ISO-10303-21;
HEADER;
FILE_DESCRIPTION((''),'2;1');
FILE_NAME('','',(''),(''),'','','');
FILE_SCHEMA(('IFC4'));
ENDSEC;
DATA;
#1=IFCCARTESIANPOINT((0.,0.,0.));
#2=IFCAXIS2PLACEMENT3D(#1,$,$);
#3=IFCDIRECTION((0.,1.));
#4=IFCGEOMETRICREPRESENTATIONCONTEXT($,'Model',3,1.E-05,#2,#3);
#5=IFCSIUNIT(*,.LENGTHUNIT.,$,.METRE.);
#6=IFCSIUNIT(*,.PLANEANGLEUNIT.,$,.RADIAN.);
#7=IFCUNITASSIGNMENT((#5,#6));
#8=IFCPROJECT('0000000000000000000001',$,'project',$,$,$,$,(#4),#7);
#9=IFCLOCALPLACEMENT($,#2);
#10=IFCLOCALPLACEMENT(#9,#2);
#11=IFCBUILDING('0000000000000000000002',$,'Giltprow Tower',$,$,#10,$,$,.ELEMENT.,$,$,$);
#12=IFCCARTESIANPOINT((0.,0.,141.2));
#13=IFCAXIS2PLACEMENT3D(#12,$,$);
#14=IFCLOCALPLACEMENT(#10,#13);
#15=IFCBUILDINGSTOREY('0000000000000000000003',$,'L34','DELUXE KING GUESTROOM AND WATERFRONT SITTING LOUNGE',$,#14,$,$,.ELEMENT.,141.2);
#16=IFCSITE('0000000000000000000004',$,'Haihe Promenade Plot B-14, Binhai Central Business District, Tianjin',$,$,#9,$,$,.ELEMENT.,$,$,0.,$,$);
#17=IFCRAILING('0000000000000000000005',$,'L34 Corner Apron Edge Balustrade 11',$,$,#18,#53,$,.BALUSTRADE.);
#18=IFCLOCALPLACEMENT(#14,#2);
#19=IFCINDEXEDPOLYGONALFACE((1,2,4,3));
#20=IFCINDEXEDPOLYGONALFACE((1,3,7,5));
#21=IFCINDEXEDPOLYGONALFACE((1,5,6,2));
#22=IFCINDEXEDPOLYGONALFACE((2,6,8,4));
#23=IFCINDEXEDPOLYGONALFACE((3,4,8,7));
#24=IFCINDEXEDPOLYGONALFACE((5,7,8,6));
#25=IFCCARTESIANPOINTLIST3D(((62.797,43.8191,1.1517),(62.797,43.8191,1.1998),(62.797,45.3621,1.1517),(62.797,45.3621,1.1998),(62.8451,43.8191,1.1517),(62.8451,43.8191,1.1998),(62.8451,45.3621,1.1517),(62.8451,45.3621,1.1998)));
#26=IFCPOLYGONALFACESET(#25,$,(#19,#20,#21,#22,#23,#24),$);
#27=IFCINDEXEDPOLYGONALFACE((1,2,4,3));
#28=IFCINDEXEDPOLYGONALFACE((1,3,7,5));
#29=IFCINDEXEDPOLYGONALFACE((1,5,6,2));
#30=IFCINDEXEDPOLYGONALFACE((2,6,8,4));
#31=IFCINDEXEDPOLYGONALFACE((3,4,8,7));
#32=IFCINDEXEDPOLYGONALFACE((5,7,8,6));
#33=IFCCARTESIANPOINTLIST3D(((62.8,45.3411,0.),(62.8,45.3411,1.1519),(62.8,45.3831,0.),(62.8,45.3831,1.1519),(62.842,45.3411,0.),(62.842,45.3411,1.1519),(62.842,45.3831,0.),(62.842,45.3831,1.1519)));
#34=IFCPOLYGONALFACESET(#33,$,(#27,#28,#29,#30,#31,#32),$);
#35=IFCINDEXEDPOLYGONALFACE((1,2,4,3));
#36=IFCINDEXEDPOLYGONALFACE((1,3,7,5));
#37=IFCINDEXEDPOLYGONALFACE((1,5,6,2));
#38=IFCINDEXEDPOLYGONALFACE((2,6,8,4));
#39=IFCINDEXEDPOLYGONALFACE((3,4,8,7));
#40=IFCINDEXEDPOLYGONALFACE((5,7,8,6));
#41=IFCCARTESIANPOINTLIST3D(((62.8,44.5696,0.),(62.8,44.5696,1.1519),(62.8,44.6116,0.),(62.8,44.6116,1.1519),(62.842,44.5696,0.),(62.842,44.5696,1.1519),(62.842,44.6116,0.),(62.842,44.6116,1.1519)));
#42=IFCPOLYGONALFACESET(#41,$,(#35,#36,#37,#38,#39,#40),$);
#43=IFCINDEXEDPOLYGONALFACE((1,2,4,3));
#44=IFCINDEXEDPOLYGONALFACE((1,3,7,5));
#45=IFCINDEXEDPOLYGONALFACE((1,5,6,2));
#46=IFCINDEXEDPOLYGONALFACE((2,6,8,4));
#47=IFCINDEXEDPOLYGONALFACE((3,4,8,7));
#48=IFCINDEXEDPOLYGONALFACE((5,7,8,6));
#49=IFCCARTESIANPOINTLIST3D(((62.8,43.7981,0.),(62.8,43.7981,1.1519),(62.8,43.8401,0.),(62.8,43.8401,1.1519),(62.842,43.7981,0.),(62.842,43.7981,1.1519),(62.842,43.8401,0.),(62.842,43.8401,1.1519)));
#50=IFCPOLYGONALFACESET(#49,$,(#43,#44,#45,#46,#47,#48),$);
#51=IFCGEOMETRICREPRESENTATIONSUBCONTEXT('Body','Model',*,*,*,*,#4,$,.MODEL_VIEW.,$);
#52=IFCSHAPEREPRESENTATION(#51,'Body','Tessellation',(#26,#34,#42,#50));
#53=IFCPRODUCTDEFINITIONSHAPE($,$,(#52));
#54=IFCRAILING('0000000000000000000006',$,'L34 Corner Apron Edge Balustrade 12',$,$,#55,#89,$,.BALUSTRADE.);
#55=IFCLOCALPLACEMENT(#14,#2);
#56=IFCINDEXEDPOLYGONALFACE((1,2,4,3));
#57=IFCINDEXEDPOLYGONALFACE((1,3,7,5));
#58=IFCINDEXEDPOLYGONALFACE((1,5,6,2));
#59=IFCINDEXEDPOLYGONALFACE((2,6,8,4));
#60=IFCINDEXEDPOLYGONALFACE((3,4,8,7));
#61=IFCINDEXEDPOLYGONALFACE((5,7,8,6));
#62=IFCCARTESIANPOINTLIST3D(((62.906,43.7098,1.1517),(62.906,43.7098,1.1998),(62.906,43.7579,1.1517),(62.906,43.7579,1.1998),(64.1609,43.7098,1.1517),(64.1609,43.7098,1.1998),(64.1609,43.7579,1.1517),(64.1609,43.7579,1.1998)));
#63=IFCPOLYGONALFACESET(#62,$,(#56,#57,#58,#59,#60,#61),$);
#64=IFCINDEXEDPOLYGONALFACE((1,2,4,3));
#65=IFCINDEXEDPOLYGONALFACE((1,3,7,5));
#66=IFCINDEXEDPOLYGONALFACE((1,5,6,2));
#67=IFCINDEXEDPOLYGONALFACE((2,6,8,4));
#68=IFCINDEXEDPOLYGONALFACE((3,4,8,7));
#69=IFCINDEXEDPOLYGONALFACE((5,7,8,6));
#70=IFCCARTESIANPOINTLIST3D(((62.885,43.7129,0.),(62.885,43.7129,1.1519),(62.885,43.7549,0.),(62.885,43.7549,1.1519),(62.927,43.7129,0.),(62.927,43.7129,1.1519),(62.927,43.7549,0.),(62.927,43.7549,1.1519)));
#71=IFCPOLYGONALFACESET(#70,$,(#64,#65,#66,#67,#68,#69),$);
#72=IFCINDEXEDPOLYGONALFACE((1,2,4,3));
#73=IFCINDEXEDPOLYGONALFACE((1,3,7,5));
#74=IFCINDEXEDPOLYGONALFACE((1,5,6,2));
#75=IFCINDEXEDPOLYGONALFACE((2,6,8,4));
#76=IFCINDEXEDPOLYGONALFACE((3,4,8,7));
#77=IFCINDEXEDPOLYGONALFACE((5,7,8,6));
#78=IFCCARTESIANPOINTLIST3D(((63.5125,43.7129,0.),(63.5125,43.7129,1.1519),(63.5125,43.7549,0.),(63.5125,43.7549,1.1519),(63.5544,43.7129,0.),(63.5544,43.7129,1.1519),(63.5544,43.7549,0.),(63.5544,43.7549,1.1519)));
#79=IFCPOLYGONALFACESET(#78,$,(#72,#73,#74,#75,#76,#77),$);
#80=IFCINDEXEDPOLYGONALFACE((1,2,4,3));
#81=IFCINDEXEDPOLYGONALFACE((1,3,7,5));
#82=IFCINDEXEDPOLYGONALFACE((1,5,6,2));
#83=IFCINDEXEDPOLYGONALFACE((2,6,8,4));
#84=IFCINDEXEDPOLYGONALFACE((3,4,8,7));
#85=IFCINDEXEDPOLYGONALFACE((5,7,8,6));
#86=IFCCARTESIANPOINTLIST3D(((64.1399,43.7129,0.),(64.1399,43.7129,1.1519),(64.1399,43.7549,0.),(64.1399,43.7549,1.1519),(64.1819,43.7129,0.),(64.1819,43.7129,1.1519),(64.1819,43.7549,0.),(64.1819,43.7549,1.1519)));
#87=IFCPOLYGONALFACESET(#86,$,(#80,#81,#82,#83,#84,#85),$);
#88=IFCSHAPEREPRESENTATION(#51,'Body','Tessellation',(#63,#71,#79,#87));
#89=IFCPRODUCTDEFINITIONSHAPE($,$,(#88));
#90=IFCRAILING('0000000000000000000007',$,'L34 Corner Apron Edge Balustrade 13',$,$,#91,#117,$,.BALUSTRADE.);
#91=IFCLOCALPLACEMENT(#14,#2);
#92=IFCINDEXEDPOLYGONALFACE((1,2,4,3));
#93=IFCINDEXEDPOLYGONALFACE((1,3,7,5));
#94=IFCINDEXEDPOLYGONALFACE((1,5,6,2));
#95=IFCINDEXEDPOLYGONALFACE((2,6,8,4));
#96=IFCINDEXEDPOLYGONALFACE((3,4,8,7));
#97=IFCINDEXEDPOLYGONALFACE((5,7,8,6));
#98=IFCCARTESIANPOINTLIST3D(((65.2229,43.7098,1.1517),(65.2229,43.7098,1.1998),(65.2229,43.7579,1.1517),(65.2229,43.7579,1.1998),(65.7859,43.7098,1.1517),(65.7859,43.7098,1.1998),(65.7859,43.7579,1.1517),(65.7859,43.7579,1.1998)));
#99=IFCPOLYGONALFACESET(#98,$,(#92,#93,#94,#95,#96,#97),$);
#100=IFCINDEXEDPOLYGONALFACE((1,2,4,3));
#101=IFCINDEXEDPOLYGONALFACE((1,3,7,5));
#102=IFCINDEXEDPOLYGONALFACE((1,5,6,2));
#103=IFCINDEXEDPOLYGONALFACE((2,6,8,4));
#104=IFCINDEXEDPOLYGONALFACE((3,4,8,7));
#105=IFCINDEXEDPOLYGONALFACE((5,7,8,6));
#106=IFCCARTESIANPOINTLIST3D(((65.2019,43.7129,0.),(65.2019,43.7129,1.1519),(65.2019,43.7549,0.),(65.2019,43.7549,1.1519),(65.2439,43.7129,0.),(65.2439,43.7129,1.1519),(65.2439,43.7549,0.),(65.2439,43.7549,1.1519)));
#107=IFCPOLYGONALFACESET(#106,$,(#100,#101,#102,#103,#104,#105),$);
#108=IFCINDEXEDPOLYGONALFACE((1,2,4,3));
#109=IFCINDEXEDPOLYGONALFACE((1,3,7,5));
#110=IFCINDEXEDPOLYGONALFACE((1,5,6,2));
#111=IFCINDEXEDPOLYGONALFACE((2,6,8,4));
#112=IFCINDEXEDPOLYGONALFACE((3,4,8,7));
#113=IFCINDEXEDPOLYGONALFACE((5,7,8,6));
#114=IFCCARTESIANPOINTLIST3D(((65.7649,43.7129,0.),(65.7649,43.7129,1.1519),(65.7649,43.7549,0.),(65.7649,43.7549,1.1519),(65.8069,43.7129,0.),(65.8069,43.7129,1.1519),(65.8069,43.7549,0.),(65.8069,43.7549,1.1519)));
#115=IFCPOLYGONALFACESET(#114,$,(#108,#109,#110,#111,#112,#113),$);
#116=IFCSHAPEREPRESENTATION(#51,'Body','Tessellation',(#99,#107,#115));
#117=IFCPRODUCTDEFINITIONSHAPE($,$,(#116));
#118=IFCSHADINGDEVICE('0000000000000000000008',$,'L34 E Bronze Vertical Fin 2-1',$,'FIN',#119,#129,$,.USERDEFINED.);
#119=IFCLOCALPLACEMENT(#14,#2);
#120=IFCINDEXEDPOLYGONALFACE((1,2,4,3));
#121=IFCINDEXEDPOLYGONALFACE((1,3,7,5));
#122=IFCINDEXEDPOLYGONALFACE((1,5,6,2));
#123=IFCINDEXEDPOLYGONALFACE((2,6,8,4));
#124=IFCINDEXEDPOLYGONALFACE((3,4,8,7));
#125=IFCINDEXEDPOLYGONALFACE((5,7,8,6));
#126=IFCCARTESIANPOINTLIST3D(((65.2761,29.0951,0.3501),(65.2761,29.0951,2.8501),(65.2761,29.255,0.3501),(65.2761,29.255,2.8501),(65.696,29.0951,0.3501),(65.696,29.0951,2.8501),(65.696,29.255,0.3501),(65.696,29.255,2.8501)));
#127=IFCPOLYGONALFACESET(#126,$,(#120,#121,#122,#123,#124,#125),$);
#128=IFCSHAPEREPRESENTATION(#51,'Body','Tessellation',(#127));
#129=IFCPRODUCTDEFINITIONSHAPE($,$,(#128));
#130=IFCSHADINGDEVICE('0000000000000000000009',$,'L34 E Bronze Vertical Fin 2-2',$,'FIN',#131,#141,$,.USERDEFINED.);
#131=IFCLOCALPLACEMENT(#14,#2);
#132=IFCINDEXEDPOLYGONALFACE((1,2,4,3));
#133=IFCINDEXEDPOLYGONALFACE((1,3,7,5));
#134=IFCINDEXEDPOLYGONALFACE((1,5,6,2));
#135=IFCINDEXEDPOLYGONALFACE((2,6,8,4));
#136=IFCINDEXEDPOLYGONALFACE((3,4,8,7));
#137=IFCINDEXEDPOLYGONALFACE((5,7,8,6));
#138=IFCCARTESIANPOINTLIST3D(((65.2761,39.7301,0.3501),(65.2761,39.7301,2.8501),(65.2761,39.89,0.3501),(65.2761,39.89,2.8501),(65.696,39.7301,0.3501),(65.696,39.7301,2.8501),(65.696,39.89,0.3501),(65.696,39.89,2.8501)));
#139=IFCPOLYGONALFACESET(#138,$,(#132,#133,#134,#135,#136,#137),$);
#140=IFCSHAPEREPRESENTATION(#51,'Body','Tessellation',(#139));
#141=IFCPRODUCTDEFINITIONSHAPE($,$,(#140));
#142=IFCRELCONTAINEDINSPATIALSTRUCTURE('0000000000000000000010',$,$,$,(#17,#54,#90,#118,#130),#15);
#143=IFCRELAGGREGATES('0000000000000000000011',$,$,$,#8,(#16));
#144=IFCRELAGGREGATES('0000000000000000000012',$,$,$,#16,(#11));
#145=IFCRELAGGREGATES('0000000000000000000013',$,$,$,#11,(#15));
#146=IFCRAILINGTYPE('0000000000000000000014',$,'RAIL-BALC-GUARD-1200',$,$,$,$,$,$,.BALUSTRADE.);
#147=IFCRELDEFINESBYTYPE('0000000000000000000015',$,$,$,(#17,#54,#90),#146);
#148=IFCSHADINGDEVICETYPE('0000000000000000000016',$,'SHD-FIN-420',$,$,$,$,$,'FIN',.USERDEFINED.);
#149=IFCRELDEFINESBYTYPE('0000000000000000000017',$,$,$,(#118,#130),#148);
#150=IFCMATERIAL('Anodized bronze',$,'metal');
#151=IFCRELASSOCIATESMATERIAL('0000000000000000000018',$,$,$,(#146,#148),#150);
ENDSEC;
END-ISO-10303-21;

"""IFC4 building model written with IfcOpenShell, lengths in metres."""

from ifc_helpers import new_model, si_unit, direction, frame, origin, origin_2d, place, context, subcontext, project, spatial, rectangle, extrude, source, transform, mapped, material, type_object, element, save


model = new_model("IFC4")

# Units and contexts
model_context = context("Model", 3, precision=1e-05, world=origin(), true_north=direction((0.0, 1.0)))
body_context = subcontext(model_context, "Body", "Model", "MODEL_VIEW")
ifc_project = project(units=[si_unit("LENGTHUNIT", "METRE"), si_unit("PLANEANGLEUNIT", "RADIAN")], contexts=[model_context])

# Site, building, storey
site_placement = place(None, origin())
site = spatial("IfcSite", under=ifc_project, at=site_placement, Name="Haihe Promenade Plot B-14, Binhai Central Business District, Tianjin", CompositionType="ELEMENT", RefElevation=0.0)
building_placement = place(site_placement, origin())
building = spatial("IfcBuilding", under=site, at=building_placement, Name="Giltprow Tower", CompositionType="ELEMENT")
storey_placement = place(building_placement, frame((0.0, 0.0, 141.2)))
storey = spatial("IfcBuildingStorey", under=building, at=storey_placement, Name="L34", Description="DELUXE KING GUESTROOM AND WATERFRONT SITTING LOUNGE", CompositionType="ELEMENT", Elevation=141.2)

# Railings
ifc_material_1 = material(Name="Anodized bronze", Category="metal")
railing_type = type_object("IfcRailingType", Name="RAIL-BALC-GUARD-1200", PredefinedType="BALUSTRADE", material=ifc_material_1)
railing_1_placement = place(storey_placement, frame((62.821, 45.3621, 0.0)))
element("IfcRailing", 1, at=railing_1_placement, inside=storey, type_object=railing_type, Name="L34 Corner Apron Edge Balustrade 11", PredefinedType="BALUSTRADE", context=body_context, shape_type="SweptSolid", body=[
    extrude(rectangle(XDim=0.0481, YDim=0.0481, at=origin_2d()), frame((0.0, 0.0, 1.1758), z_axis=(0.0, -1.0, 0.0), x_axis=(1.0, 0.0, 0.0)), (0.0, 0.0, 1.0), 1.543),
    extrude(rectangle(XDim=0.042, YDim=0.042, at=origin_2d()), origin(), (0.0, 0.0, 1.0), 1.1519),
    extrude(rectangle(XDim=0.042, YDim=0.042, at=origin_2d()), frame((0.0, -0.7715, 0.0)), (0.0, 0.0, 1.0), 1.1519),
    extrude(rectangle(XDim=0.042, YDim=0.042, at=origin_2d()), frame((0.0, -1.543, 0.0)), (0.0, 0.0, 1.0), 1.1519),
])
railing_2_placement = place(storey_placement, frame((62.906, 43.7339, 0.0)))
element("IfcRailing", 2, at=railing_2_placement, inside=storey, type_object=railing_type, Name="L34 Corner Apron Edge Balustrade 12", PredefinedType="BALUSTRADE", context=body_context, shape_type="SweptSolid", body=[
    extrude(rectangle(XDim=0.0481, YDim=0.0481, at=origin_2d()), frame((0.0, 0.0, 1.1758), z_axis=(1.0, 0.0, 0.0), x_axis=(0.0, 1.0, 0.0)), (0.0, 0.0, 1.0), 1.2549),
    extrude(rectangle(XDim=0.042, YDim=0.042, at=origin_2d()), origin(), (0.0, 0.0, 1.0), 1.1519),
    extrude(rectangle(XDim=0.042, YDim=0.042, at=origin_2d()), frame((0.6274, 0.0, 0.0)), (0.0, 0.0, 1.0), 1.1519),
    extrude(rectangle(XDim=0.042, YDim=0.042, at=origin_2d()), frame((1.2549, 0.0, 0.0)), (0.0, 0.0, 1.0), 1.1519),
])
railing_3_placement = place(storey_placement, frame((65.2229, 43.7339, 0.0)))
element("IfcRailing", 3, at=railing_3_placement, inside=storey, type_object=railing_type, Name="L34 Corner Apron Edge Balustrade 13", PredefinedType="BALUSTRADE", context=body_context, shape_type="SweptSolid", body=[
    extrude(rectangle(XDim=0.0481, YDim=0.0481, at=origin_2d()), frame((0.0, 0.0, 1.1758), z_axis=(1.0, 0.0, 0.0), x_axis=(0.0, 1.0, 0.0)), (0.0, 0.0, 1.0), 0.563),
    extrude(rectangle(XDim=0.042, YDim=0.042, at=origin_2d()), origin(), (0.0, 0.0, 1.0), 1.1519),
    extrude(rectangle(XDim=0.042, YDim=0.042, at=origin_2d()), frame((0.563, 0.0, 0.0)), (0.0, 0.0, 1.0), 1.1519),
])

# Shading devices
shading_device_type = type_object("IfcShadingDeviceType", Name="SHD-FIN-420", ElementType="FIN", PredefinedType="USERDEFINED", material=ifc_material_1)
shared_shape_1 = source(origin(), body_context, "Body", "SweptSolid", [
    extrude(rectangle(XDim=0.4199, YDim=0.1599, at=origin_2d()), origin(), (0.0, 0.0, 1.0), 2.5),
])
for number, where, z_axis, x_axis, name in (
    (4, (65.4861, 29.175, 0.3501), (0.0, 0.0, 1.0), (1.0, 0.0, 0.0), "L34 E Bronze Vertical Fin 2-1"),
    (5, (65.4861, 39.8101, 0.3501), (0.0, 0.0, 1.0), (1.0, 0.0, 0.0), "L34 E Bronze Vertical Fin 2-2"),
):
    element("IfcShadingDevice", number, at=place(storey_placement, frame(where, z_axis=z_axis, x_axis=x_axis)), inside=storey, type_object=shading_device_type, Name=name, ObjectType="FIN", PredefinedType="USERDEFINED", context=body_context, shape_type="MappedRepresentation", body=[
        mapped(shared_shape_1, transform((0.0, 0.0, 0.0), x_axis=(1.0, 0.0, 0.0), y_axis=(0.0, 1.0, 0.0), z_axis=(0.0, 0.0, 1.0), scale=1.0)),
    ])

save(model, "model.ifc")
